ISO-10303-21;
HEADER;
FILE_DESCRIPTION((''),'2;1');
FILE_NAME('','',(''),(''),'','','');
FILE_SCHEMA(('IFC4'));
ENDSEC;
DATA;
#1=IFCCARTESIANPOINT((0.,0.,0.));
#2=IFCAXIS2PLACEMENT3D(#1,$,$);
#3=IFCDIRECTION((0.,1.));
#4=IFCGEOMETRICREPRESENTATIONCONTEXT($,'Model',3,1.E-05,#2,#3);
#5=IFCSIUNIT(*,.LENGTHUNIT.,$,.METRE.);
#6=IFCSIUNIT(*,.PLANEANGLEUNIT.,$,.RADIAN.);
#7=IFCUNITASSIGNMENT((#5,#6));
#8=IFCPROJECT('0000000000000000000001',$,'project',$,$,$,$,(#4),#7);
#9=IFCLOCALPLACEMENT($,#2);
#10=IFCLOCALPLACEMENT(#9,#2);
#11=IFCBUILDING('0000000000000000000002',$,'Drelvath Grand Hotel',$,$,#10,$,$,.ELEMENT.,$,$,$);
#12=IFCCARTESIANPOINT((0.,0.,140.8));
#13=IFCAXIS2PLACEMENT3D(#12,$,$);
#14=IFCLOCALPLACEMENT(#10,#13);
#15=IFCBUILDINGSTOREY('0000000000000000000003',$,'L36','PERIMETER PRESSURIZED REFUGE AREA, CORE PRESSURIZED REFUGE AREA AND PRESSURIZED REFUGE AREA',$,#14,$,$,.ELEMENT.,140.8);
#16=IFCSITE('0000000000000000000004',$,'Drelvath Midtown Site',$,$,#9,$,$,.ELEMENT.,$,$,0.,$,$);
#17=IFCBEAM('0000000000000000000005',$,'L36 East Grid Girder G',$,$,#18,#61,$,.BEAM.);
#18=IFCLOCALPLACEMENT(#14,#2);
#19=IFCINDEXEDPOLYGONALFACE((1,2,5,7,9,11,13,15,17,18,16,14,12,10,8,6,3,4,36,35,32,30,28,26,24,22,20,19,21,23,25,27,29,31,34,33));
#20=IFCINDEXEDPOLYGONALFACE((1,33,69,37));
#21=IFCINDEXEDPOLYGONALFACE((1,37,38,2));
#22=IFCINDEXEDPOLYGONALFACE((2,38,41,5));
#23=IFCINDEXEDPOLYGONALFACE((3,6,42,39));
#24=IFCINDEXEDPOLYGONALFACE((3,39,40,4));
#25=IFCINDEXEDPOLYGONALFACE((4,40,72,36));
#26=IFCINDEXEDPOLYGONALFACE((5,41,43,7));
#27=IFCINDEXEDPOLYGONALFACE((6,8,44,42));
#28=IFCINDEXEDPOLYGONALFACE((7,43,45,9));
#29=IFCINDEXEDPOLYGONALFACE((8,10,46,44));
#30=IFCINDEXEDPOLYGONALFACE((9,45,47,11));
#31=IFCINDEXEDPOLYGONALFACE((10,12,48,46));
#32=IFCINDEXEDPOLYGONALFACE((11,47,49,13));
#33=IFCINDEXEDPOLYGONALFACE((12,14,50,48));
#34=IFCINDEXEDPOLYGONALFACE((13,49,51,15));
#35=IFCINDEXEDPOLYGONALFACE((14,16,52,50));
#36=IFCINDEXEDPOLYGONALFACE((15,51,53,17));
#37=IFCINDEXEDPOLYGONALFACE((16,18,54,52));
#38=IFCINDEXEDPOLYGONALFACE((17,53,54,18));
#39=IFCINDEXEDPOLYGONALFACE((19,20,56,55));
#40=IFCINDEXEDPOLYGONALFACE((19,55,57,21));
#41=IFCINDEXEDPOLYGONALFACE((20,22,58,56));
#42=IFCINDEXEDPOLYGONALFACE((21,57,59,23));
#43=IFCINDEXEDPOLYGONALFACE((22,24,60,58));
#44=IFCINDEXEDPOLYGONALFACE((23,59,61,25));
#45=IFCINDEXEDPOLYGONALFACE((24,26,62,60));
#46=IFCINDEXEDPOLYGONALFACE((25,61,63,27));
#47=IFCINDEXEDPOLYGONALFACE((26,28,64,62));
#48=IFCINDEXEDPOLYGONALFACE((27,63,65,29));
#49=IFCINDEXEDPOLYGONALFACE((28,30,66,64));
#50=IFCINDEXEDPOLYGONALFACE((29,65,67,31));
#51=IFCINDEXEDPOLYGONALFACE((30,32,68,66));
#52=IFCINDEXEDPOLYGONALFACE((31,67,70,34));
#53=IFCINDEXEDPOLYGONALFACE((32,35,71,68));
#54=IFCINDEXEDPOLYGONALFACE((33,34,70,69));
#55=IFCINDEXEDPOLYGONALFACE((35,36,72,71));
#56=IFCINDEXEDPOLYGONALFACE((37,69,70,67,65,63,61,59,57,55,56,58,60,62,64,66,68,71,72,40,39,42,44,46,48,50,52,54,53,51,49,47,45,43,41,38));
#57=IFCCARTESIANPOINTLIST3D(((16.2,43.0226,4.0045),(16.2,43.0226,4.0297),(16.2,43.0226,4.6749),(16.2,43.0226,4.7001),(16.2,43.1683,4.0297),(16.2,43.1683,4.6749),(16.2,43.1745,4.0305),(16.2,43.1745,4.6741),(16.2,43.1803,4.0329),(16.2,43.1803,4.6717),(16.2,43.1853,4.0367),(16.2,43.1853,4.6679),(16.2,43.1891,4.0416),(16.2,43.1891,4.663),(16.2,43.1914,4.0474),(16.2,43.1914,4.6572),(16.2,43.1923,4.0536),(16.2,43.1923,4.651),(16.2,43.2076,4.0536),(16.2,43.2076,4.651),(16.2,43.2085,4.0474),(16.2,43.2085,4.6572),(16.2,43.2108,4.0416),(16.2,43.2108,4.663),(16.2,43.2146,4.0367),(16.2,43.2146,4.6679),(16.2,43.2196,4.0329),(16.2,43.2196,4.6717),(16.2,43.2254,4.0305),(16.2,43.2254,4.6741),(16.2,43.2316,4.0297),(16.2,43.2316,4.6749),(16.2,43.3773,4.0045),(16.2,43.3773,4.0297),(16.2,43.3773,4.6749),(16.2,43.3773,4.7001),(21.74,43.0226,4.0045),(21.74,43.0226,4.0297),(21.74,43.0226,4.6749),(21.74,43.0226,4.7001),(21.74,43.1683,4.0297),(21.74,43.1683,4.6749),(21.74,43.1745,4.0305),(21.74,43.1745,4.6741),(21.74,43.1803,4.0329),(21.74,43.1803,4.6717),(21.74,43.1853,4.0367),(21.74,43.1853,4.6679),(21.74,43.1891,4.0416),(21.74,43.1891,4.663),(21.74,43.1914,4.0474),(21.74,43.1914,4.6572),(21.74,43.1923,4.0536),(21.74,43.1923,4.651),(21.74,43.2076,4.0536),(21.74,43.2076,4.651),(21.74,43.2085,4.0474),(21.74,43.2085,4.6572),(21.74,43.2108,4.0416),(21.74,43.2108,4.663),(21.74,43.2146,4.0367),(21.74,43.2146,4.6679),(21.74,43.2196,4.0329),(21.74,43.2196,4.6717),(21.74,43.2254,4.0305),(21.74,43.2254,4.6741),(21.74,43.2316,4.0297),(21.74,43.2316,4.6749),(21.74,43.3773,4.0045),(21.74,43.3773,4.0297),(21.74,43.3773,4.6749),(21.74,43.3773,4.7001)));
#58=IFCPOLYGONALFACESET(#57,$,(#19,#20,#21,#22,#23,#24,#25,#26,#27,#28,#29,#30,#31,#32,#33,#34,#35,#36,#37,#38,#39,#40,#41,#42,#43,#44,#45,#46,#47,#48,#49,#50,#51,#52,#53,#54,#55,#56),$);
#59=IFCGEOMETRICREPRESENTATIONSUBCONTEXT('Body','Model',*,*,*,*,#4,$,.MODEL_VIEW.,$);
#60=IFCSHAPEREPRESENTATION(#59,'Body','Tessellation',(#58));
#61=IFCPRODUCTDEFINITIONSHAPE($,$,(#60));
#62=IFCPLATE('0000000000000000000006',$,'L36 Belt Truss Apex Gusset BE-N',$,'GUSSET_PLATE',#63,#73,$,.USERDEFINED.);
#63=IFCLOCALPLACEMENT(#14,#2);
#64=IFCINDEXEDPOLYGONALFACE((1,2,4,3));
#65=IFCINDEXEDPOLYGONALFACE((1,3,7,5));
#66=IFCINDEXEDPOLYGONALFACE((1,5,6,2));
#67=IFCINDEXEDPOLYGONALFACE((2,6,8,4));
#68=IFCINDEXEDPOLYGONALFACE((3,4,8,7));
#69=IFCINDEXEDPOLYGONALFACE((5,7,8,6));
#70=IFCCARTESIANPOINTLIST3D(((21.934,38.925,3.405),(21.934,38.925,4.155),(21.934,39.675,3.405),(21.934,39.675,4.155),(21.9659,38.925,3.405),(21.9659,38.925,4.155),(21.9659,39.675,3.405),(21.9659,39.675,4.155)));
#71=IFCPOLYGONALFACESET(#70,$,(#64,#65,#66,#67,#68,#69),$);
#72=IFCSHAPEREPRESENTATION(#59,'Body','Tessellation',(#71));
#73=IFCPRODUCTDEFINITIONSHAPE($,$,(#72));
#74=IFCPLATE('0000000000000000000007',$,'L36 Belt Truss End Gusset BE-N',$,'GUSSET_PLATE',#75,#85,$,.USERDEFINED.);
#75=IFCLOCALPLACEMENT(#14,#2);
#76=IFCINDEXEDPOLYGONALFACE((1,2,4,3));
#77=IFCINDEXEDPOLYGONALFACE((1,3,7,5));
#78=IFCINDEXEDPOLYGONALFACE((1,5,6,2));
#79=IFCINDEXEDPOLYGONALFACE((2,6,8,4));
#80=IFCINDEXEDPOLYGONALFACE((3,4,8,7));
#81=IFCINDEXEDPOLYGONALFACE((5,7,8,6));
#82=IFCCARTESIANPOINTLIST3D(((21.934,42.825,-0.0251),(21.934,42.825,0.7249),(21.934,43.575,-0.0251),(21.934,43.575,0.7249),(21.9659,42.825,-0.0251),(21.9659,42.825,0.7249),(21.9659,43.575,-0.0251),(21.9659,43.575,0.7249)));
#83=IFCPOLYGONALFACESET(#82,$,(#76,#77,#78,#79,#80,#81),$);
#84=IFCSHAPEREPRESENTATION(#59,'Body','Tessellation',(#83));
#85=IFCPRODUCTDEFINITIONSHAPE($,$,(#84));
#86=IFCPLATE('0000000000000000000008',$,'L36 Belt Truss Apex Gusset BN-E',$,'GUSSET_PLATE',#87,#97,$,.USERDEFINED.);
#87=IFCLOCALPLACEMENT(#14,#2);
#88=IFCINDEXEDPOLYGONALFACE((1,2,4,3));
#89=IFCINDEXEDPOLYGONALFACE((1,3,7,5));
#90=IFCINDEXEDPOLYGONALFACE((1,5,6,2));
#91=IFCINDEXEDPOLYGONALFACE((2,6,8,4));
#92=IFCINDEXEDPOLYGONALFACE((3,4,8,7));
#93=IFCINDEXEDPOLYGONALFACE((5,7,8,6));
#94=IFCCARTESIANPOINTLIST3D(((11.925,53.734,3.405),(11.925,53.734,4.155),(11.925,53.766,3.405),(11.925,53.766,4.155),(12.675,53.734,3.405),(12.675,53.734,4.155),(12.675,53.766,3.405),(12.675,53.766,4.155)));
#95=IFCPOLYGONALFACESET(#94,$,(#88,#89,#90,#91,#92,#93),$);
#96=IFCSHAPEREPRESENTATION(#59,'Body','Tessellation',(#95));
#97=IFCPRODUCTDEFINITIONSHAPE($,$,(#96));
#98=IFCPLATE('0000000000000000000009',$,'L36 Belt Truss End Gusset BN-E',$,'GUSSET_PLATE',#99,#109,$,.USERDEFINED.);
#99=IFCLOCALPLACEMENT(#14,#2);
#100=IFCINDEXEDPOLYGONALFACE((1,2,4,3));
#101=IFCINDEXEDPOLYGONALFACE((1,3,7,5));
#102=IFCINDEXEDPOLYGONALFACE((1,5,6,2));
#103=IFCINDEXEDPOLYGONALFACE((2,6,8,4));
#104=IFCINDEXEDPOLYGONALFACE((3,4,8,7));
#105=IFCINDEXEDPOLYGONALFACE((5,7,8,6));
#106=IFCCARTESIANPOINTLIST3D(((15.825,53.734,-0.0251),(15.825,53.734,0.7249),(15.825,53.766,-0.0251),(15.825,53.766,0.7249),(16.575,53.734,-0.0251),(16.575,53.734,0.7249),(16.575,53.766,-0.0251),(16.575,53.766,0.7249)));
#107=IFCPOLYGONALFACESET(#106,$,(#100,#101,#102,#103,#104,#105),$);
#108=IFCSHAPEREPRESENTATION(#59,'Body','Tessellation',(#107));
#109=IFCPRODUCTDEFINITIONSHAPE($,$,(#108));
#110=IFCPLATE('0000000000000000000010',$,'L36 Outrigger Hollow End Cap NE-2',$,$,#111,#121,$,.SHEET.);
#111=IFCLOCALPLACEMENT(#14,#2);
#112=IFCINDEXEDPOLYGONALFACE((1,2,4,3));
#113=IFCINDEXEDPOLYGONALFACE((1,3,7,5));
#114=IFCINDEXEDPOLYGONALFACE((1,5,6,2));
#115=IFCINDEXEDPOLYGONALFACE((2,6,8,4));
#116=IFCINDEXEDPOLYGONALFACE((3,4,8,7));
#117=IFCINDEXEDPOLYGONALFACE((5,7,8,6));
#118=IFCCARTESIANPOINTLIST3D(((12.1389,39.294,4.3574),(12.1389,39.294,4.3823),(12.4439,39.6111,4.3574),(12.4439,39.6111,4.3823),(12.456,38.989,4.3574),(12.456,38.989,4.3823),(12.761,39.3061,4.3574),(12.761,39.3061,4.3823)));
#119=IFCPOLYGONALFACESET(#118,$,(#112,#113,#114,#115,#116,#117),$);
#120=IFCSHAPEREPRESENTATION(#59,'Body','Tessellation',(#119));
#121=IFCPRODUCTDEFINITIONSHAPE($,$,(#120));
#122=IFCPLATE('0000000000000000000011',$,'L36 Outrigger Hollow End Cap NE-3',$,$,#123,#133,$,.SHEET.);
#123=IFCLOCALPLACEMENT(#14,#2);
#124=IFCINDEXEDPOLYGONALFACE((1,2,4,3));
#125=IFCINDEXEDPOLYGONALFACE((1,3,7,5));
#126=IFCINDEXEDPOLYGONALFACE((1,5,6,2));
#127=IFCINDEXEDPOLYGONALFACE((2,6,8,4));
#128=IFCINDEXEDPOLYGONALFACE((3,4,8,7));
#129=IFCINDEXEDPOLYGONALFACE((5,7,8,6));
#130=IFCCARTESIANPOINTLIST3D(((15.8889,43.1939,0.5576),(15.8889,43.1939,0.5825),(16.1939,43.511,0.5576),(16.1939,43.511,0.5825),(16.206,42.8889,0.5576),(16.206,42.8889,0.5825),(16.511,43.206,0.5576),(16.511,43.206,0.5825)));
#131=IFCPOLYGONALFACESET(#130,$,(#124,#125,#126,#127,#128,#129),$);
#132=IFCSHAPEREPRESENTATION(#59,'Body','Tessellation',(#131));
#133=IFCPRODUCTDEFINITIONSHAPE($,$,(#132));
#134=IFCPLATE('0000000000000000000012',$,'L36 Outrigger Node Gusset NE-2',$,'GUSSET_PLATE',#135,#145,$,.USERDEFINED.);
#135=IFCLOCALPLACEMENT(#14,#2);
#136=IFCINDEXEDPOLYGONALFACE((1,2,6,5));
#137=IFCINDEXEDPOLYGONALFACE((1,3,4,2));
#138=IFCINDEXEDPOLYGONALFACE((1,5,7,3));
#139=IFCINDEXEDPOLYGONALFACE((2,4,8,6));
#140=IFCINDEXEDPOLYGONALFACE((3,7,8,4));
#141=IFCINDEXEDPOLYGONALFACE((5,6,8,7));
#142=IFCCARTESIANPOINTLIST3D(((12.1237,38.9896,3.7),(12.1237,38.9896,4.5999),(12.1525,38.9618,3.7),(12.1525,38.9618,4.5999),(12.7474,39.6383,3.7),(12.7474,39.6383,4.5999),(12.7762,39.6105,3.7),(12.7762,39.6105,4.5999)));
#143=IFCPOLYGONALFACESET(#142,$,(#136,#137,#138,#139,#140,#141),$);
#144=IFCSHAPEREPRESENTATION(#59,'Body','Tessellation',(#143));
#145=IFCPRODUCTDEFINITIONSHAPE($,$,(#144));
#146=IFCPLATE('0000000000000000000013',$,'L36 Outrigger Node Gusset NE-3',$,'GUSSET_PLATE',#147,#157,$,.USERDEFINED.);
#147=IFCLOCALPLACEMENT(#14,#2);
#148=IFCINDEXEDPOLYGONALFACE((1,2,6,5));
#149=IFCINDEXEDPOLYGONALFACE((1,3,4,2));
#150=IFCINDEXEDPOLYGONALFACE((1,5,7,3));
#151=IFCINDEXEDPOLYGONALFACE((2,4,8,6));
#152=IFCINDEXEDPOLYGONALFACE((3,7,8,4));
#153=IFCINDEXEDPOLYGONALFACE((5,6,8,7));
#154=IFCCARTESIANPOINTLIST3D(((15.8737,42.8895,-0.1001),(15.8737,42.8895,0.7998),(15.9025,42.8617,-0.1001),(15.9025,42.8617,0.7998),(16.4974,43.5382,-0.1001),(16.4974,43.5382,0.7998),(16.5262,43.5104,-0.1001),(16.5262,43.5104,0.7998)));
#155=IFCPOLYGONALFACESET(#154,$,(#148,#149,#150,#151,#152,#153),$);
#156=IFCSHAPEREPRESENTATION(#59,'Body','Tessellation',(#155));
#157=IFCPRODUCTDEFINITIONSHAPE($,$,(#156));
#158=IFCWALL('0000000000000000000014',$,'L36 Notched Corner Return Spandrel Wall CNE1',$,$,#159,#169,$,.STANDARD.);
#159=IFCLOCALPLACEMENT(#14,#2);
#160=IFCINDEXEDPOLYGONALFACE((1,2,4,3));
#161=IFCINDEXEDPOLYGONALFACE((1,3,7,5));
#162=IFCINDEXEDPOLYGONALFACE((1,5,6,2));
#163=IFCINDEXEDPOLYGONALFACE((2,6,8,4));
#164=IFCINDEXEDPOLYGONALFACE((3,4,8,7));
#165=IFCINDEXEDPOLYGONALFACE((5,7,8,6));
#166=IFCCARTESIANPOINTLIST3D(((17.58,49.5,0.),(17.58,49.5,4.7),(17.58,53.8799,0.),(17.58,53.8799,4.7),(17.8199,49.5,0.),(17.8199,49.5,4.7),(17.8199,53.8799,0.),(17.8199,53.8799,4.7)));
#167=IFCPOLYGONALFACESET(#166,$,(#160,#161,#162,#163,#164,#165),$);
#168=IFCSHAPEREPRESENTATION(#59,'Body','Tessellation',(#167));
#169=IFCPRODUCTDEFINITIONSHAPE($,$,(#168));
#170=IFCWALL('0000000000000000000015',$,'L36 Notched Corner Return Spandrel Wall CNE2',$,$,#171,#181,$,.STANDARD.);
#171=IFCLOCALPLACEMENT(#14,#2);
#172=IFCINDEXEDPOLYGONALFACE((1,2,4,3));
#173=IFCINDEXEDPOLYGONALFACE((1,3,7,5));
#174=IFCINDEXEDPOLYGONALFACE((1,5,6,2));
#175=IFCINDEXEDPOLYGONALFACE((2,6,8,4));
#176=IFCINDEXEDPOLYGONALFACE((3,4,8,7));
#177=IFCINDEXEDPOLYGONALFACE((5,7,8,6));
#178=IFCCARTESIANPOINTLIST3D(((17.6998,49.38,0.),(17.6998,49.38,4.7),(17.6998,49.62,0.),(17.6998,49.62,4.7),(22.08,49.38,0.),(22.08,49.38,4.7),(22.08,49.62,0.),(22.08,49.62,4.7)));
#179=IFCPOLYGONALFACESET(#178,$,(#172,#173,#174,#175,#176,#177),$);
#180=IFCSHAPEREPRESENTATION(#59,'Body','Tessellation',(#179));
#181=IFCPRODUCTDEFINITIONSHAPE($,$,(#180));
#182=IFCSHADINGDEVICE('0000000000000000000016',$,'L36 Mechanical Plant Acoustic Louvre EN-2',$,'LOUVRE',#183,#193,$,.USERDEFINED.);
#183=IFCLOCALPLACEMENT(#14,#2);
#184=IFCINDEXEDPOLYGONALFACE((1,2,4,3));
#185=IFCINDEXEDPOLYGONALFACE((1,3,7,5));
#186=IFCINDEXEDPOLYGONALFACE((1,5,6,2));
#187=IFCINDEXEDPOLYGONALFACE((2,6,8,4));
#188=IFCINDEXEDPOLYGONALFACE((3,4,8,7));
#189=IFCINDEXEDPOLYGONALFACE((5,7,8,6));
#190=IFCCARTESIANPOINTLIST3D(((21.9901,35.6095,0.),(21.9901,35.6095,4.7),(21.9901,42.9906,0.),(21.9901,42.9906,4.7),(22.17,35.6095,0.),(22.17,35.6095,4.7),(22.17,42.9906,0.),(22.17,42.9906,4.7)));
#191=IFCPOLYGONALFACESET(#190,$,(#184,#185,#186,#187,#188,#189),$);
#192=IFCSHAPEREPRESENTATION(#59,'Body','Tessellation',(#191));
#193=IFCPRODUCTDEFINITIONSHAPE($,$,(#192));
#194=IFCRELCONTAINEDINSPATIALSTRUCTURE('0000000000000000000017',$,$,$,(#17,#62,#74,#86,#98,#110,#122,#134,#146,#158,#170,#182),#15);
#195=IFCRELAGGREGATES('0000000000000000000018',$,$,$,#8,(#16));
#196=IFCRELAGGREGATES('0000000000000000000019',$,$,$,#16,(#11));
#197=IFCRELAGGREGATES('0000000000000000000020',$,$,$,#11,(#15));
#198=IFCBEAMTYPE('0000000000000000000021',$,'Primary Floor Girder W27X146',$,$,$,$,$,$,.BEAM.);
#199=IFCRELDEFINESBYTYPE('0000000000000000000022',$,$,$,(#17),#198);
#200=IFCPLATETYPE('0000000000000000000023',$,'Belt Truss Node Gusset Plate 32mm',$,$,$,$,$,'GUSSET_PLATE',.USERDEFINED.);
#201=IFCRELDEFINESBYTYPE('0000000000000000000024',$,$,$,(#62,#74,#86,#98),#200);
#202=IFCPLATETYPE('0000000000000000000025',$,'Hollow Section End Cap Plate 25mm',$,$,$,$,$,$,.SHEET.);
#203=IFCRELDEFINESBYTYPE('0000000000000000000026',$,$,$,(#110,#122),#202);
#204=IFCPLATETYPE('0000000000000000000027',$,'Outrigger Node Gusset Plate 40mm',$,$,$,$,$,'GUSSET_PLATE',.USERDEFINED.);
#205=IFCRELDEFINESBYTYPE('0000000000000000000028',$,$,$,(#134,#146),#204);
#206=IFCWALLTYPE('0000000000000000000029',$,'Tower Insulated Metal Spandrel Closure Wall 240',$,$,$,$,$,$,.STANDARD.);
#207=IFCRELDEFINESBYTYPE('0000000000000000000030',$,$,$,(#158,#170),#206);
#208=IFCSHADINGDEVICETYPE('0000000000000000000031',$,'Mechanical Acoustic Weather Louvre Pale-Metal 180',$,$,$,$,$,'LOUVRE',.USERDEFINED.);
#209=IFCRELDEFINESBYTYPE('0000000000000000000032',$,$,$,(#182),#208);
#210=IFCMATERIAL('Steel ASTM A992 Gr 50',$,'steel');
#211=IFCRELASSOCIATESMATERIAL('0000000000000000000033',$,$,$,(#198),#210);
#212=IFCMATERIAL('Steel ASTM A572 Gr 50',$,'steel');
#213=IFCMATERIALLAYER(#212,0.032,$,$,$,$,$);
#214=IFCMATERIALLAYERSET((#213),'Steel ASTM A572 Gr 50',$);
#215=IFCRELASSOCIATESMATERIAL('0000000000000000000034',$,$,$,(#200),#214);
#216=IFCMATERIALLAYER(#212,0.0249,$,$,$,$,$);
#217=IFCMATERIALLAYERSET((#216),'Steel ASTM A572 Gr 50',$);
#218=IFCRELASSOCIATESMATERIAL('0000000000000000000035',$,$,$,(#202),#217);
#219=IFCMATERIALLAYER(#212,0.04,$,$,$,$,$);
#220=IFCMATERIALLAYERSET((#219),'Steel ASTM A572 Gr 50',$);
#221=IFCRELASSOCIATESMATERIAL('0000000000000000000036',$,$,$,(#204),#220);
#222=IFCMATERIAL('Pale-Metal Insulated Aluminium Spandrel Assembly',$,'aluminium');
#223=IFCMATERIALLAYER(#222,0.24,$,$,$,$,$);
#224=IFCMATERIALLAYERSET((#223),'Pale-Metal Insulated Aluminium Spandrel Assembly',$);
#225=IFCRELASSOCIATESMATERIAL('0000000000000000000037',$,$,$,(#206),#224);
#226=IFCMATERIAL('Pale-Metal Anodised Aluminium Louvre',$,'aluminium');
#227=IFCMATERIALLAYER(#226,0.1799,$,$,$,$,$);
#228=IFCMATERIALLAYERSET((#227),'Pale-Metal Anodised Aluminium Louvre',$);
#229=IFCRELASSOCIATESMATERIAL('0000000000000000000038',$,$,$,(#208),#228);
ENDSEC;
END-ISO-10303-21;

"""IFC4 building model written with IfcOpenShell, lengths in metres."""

from ifc_helpers import new_model, si_unit, direction, frame, frame_2d, origin, origin_2d, place, context, subcontext, project, spatial, rectangle, i_section, extrude, material, layer, layer_set, material_profile, profile_set, type_object, element, save


model = new_model("IFC4")

# Units and contexts
model_context = context("Model", 3, precision=1e-05, world=origin(), true_north=direction((0.0, 1.0)))
body_context = subcontext(model_context, "Body", "Model", "MODEL_VIEW")
ifc_project = project(units=[si_unit("LENGTHUNIT", "METRE"), si_unit("PLANEANGLEUNIT", "RADIAN")], contexts=[model_context])

# Site, building, storey
site_placement = place(None, origin())
site = spatial("IfcSite", under=ifc_project, at=site_placement, Name="Drelvath Midtown Site", CompositionType="ELEMENT", RefElevation=0.0)
building_placement = place(site_placement, origin())
building = spatial("IfcBuilding", under=site, at=building_placement, Name="Drelvath Grand Hotel", CompositionType="ELEMENT")
storey_placement = place(building_placement, frame((0.0, 0.0, 140.8)))
storey = spatial("IfcBuildingStorey", under=building, at=storey_placement, Name="L36", Description="PERIMETER PRESSURIZED REFUGE AREA, CORE PRESSURIZED REFUGE AREA AND PRESSURIZED REFUGE AREA", CompositionType="ELEMENT", Elevation=140.8)

# Shared definitions
ifc_material_1 = material(Name="Steel ASTM A572 Gr 50", Category="steel")

# Beam
ifc_material_2 = material(Name="Steel ASTM A992 Gr 50", Category="steel")
ifc_material_profile_1 = material_profile(ifc_material_2, i_section(OverallWidth=0.3547, OverallDepth=0.6956, WebThickness=0.0154, FlangeThickness=0.0251, FilletRadius=0.0239, at=origin_2d()), Name="W27X146")
ifc_profile_set_1 = profile_set([ifc_material_profile_1], Name="Steel ASTM A992 Gr 50")
beam_type_1 = type_object("IfcBeamType", Name="Primary Floor Girder W27X146", PredefinedType="BEAM", material=ifc_profile_set_1)
beam_1_placement = place(storey_placement, frame((16.2, 43.2, 4.3523), z_axis=(1.0, 0.0, 0.0), x_axis=(0.0, 1.0, 0.0)))
element("IfcBeam", 1, at=beam_1_placement, inside=storey, type_object=beam_type_1, Name="L36 East Grid Girder G", PredefinedType="BEAM", context=body_context, shape_type="SweptSolid", body=[
    extrude(i_section(OverallWidth=0.3547, OverallDepth=0.6956, WebThickness=0.0154, FlangeThickness=0.0251, FilletRadius=0.0239, at=origin_2d()), origin(), (0.0, 0.0, 1.0), 5.54),
])

# Plates
ifc_layer_1 = layer(ifc_material_1, 0.032)
ifc_layer_set_1 = layer_set([ifc_layer_1], Name="Steel ASTM A572 Gr 50")
plate_type_1 = type_object("IfcPlateType", Name="Belt Truss Node Gusset Plate 32mm", ElementType="GUSSET_PLATE", PredefinedType="USERDEFINED", material=ifc_layer_set_1)
for number, where, z_axis, x_axis, name in (
    (2, (21.95, 39.3, 3.405), (0.0, 0.0, 1.0), (0.0, 1.0, 0.0), "L36 Belt Truss Apex Gusset BE-N"),
    (3, (21.95, 43.2, -0.0251), (0.0, 0.0, 1.0), (0.0, 1.0, 0.0), "L36 Belt Truss End Gusset BE-N"),
    (4, (12.3, 53.75, 3.405), (0.0, 0.0, 1.0), (1.0, 0.0, 0.0), "L36 Belt Truss Apex Gusset BN-E"),
    (5, (16.2, 53.75, -0.0251), (0.0, 0.0, 1.0), (1.0, 0.0, 0.0), "L36 Belt Truss End Gusset BN-E"),
):
    element("IfcPlate", number, at=place(storey_placement, frame(where, z_axis=z_axis, x_axis=x_axis)), inside=storey, type_object=plate_type_1, Name=name, ObjectType="GUSSET_PLATE", PredefinedType="USERDEFINED", context=body_context, shape_type="SweptSolid", body=[
        extrude(rectangle(XDim=0.75, YDim=0.032, at=origin_2d()), origin(), (0.0, 0.0, 1.0), 0.75),
    ])
ifc_layer_2 = layer(ifc_material_1, 0.0249)
ifc_layer_set_2 = layer_set([ifc_layer_2], Name="Steel ASTM A572 Gr 50")
plate_type_2 = type_object("IfcPlateType", Name="Hollow Section End Cap Plate 25mm", PredefinedType="SHEET", material=ifc_layer_set_2)
for number, where, z_axis, x_axis, name in (
    (6, (12.45, 39.3, 4.3574), (0.0, 0.0, 1.0), (0.693109, 0.720833, 0.0), "L36 Outrigger Hollow End Cap NE-2"),
    (7, (16.2, 43.2, 0.5576), (0.0, 0.0, 1.0), (0.693109, 0.720833, 0.0), "L36 Outrigger Hollow End Cap NE-3"),
):
    element("IfcPlate", number, at=place(storey_placement, frame(where, z_axis=z_axis, x_axis=x_axis)), inside=storey, type_object=plate_type_2, Name=name, PredefinedType="SHEET", context=body_context, shape_type="SweptSolid", body=[
        extrude(rectangle(XDim=0.4399, YDim=0.4399, at=origin_2d()), origin(), (0.0, 0.0, 1.0), 0.0249),
    ])
ifc_layer_3 = layer(ifc_material_1, 0.04)
ifc_layer_set_3 = layer_set([ifc_layer_3], Name="Steel ASTM A572 Gr 50")
plate_type_3 = type_object("IfcPlateType", Name="Outrigger Node Gusset Plate 40mm", ElementType="GUSSET_PLATE", PredefinedType="USERDEFINED", material=ifc_layer_set_3)
for number, where, z_axis, x_axis, name in (
    (8, (12.45, 39.3, 3.7), (0.0, 0.0, 1.0), (0.693109, 0.720833, 0.0), "L36 Outrigger Node Gusset NE-2"),
    (9, (16.2, 43.2, -0.1001), (0.0, 0.0, 1.0), (0.693109, 0.720833, 0.0), "L36 Outrigger Node Gusset NE-3"),
):
    element("IfcPlate", number, at=place(storey_placement, frame(where, z_axis=z_axis, x_axis=x_axis)), inside=storey, type_object=plate_type_3, Name=name, ObjectType="GUSSET_PLATE", PredefinedType="USERDEFINED", context=body_context, shape_type="SweptSolid", body=[
        extrude(rectangle(XDim=0.8999, YDim=0.04, at=origin_2d()), origin(), (0.0, 0.0, 1.0), 0.8999),
    ])

# Walls
ifc_material_3 = material(Name="Pale-Metal Insulated Aluminium Spandrel Assembly", Category="aluminium")
ifc_layer_4 = layer(ifc_material_3, 0.24)
ifc_layer_set_4 = layer_set([ifc_layer_4], Name="Pale-Metal Insulated Aluminium Spandrel Assembly")
wall_type = type_object("IfcWallType", Name="Tower Insulated Metal Spandrel Closure Wall 240", PredefinedType="STANDARD", material=ifc_layer_set_4)
wall_1_placement = place(storey_placement, frame((17.7, 53.8799, 0.0), z_axis=(0.0, 0.0, 1.0), x_axis=(0.0, -1.0, 0.0)))
element("IfcWall", 10, at=wall_1_placement, inside=storey, type_object=wall_type, Name="L36 Notched Corner Return Spandrel Wall CNE1", PredefinedType="STANDARD", context=body_context, shape_type="SweptSolid", body=[
    extrude(rectangle(XDim=4.3799, YDim=0.24, at=frame_2d((2.1899, 0.0))), origin(), (0.0, 0.0, 1.0), 4.7),
])
wall_2_placement = place(storey_placement, frame((17.7, 49.5, 0.0), z_axis=(0.0, 0.0, 1.0), x_axis=(1.0, 0.0, 0.0)))
element("IfcWall", 11, at=wall_2_placement, inside=storey, type_object=wall_type, Name="L36 Notched Corner Return Spandrel Wall CNE2", PredefinedType="STANDARD", context=body_context, shape_type="SweptSolid", body=[
    extrude(rectangle(XDim=4.3801, YDim=0.24, at=frame_2d((2.1899, 0.0))), origin(), (0.0, 0.0, 1.0), 4.7),
])

# Shading device
ifc_material_4 = material(Name="Pale-Metal Anodised Aluminium Louvre", Category="aluminium")
ifc_layer_5 = layer(ifc_material_4, 0.1799)
ifc_layer_set_5 = layer_set([ifc_layer_5], Name="Pale-Metal Anodised Aluminium Louvre")
shading_device_type = type_object("IfcShadingDeviceType", Name="Mechanical Acoustic Weather Louvre Pale-Metal 180", ElementType="LOUVRE", PredefinedType="USERDEFINED", material=ifc_layer_set_5)
shading_device_1_placement = place(storey_placement, frame((22.0801, 39.3, 0.0), z_axis=(0.0, 0.0, 1.0), x_axis=(0.0, 1.0, 0.0)))
element("IfcShadingDevice", 12, at=shading_device_1_placement, inside=storey, type_object=shading_device_type, Name="L36 Mechanical Plant Acoustic Louvre EN-2", ObjectType="LOUVRE", PredefinedType="USERDEFINED", context=body_context, shape_type="SweptSolid", body=[
    extrude(rectangle(XDim=7.3811, YDim=0.1799, at=origin_2d()), origin(), (0.0, 0.0, 1.0), 4.7),
])

save(model, "model.ifc")
